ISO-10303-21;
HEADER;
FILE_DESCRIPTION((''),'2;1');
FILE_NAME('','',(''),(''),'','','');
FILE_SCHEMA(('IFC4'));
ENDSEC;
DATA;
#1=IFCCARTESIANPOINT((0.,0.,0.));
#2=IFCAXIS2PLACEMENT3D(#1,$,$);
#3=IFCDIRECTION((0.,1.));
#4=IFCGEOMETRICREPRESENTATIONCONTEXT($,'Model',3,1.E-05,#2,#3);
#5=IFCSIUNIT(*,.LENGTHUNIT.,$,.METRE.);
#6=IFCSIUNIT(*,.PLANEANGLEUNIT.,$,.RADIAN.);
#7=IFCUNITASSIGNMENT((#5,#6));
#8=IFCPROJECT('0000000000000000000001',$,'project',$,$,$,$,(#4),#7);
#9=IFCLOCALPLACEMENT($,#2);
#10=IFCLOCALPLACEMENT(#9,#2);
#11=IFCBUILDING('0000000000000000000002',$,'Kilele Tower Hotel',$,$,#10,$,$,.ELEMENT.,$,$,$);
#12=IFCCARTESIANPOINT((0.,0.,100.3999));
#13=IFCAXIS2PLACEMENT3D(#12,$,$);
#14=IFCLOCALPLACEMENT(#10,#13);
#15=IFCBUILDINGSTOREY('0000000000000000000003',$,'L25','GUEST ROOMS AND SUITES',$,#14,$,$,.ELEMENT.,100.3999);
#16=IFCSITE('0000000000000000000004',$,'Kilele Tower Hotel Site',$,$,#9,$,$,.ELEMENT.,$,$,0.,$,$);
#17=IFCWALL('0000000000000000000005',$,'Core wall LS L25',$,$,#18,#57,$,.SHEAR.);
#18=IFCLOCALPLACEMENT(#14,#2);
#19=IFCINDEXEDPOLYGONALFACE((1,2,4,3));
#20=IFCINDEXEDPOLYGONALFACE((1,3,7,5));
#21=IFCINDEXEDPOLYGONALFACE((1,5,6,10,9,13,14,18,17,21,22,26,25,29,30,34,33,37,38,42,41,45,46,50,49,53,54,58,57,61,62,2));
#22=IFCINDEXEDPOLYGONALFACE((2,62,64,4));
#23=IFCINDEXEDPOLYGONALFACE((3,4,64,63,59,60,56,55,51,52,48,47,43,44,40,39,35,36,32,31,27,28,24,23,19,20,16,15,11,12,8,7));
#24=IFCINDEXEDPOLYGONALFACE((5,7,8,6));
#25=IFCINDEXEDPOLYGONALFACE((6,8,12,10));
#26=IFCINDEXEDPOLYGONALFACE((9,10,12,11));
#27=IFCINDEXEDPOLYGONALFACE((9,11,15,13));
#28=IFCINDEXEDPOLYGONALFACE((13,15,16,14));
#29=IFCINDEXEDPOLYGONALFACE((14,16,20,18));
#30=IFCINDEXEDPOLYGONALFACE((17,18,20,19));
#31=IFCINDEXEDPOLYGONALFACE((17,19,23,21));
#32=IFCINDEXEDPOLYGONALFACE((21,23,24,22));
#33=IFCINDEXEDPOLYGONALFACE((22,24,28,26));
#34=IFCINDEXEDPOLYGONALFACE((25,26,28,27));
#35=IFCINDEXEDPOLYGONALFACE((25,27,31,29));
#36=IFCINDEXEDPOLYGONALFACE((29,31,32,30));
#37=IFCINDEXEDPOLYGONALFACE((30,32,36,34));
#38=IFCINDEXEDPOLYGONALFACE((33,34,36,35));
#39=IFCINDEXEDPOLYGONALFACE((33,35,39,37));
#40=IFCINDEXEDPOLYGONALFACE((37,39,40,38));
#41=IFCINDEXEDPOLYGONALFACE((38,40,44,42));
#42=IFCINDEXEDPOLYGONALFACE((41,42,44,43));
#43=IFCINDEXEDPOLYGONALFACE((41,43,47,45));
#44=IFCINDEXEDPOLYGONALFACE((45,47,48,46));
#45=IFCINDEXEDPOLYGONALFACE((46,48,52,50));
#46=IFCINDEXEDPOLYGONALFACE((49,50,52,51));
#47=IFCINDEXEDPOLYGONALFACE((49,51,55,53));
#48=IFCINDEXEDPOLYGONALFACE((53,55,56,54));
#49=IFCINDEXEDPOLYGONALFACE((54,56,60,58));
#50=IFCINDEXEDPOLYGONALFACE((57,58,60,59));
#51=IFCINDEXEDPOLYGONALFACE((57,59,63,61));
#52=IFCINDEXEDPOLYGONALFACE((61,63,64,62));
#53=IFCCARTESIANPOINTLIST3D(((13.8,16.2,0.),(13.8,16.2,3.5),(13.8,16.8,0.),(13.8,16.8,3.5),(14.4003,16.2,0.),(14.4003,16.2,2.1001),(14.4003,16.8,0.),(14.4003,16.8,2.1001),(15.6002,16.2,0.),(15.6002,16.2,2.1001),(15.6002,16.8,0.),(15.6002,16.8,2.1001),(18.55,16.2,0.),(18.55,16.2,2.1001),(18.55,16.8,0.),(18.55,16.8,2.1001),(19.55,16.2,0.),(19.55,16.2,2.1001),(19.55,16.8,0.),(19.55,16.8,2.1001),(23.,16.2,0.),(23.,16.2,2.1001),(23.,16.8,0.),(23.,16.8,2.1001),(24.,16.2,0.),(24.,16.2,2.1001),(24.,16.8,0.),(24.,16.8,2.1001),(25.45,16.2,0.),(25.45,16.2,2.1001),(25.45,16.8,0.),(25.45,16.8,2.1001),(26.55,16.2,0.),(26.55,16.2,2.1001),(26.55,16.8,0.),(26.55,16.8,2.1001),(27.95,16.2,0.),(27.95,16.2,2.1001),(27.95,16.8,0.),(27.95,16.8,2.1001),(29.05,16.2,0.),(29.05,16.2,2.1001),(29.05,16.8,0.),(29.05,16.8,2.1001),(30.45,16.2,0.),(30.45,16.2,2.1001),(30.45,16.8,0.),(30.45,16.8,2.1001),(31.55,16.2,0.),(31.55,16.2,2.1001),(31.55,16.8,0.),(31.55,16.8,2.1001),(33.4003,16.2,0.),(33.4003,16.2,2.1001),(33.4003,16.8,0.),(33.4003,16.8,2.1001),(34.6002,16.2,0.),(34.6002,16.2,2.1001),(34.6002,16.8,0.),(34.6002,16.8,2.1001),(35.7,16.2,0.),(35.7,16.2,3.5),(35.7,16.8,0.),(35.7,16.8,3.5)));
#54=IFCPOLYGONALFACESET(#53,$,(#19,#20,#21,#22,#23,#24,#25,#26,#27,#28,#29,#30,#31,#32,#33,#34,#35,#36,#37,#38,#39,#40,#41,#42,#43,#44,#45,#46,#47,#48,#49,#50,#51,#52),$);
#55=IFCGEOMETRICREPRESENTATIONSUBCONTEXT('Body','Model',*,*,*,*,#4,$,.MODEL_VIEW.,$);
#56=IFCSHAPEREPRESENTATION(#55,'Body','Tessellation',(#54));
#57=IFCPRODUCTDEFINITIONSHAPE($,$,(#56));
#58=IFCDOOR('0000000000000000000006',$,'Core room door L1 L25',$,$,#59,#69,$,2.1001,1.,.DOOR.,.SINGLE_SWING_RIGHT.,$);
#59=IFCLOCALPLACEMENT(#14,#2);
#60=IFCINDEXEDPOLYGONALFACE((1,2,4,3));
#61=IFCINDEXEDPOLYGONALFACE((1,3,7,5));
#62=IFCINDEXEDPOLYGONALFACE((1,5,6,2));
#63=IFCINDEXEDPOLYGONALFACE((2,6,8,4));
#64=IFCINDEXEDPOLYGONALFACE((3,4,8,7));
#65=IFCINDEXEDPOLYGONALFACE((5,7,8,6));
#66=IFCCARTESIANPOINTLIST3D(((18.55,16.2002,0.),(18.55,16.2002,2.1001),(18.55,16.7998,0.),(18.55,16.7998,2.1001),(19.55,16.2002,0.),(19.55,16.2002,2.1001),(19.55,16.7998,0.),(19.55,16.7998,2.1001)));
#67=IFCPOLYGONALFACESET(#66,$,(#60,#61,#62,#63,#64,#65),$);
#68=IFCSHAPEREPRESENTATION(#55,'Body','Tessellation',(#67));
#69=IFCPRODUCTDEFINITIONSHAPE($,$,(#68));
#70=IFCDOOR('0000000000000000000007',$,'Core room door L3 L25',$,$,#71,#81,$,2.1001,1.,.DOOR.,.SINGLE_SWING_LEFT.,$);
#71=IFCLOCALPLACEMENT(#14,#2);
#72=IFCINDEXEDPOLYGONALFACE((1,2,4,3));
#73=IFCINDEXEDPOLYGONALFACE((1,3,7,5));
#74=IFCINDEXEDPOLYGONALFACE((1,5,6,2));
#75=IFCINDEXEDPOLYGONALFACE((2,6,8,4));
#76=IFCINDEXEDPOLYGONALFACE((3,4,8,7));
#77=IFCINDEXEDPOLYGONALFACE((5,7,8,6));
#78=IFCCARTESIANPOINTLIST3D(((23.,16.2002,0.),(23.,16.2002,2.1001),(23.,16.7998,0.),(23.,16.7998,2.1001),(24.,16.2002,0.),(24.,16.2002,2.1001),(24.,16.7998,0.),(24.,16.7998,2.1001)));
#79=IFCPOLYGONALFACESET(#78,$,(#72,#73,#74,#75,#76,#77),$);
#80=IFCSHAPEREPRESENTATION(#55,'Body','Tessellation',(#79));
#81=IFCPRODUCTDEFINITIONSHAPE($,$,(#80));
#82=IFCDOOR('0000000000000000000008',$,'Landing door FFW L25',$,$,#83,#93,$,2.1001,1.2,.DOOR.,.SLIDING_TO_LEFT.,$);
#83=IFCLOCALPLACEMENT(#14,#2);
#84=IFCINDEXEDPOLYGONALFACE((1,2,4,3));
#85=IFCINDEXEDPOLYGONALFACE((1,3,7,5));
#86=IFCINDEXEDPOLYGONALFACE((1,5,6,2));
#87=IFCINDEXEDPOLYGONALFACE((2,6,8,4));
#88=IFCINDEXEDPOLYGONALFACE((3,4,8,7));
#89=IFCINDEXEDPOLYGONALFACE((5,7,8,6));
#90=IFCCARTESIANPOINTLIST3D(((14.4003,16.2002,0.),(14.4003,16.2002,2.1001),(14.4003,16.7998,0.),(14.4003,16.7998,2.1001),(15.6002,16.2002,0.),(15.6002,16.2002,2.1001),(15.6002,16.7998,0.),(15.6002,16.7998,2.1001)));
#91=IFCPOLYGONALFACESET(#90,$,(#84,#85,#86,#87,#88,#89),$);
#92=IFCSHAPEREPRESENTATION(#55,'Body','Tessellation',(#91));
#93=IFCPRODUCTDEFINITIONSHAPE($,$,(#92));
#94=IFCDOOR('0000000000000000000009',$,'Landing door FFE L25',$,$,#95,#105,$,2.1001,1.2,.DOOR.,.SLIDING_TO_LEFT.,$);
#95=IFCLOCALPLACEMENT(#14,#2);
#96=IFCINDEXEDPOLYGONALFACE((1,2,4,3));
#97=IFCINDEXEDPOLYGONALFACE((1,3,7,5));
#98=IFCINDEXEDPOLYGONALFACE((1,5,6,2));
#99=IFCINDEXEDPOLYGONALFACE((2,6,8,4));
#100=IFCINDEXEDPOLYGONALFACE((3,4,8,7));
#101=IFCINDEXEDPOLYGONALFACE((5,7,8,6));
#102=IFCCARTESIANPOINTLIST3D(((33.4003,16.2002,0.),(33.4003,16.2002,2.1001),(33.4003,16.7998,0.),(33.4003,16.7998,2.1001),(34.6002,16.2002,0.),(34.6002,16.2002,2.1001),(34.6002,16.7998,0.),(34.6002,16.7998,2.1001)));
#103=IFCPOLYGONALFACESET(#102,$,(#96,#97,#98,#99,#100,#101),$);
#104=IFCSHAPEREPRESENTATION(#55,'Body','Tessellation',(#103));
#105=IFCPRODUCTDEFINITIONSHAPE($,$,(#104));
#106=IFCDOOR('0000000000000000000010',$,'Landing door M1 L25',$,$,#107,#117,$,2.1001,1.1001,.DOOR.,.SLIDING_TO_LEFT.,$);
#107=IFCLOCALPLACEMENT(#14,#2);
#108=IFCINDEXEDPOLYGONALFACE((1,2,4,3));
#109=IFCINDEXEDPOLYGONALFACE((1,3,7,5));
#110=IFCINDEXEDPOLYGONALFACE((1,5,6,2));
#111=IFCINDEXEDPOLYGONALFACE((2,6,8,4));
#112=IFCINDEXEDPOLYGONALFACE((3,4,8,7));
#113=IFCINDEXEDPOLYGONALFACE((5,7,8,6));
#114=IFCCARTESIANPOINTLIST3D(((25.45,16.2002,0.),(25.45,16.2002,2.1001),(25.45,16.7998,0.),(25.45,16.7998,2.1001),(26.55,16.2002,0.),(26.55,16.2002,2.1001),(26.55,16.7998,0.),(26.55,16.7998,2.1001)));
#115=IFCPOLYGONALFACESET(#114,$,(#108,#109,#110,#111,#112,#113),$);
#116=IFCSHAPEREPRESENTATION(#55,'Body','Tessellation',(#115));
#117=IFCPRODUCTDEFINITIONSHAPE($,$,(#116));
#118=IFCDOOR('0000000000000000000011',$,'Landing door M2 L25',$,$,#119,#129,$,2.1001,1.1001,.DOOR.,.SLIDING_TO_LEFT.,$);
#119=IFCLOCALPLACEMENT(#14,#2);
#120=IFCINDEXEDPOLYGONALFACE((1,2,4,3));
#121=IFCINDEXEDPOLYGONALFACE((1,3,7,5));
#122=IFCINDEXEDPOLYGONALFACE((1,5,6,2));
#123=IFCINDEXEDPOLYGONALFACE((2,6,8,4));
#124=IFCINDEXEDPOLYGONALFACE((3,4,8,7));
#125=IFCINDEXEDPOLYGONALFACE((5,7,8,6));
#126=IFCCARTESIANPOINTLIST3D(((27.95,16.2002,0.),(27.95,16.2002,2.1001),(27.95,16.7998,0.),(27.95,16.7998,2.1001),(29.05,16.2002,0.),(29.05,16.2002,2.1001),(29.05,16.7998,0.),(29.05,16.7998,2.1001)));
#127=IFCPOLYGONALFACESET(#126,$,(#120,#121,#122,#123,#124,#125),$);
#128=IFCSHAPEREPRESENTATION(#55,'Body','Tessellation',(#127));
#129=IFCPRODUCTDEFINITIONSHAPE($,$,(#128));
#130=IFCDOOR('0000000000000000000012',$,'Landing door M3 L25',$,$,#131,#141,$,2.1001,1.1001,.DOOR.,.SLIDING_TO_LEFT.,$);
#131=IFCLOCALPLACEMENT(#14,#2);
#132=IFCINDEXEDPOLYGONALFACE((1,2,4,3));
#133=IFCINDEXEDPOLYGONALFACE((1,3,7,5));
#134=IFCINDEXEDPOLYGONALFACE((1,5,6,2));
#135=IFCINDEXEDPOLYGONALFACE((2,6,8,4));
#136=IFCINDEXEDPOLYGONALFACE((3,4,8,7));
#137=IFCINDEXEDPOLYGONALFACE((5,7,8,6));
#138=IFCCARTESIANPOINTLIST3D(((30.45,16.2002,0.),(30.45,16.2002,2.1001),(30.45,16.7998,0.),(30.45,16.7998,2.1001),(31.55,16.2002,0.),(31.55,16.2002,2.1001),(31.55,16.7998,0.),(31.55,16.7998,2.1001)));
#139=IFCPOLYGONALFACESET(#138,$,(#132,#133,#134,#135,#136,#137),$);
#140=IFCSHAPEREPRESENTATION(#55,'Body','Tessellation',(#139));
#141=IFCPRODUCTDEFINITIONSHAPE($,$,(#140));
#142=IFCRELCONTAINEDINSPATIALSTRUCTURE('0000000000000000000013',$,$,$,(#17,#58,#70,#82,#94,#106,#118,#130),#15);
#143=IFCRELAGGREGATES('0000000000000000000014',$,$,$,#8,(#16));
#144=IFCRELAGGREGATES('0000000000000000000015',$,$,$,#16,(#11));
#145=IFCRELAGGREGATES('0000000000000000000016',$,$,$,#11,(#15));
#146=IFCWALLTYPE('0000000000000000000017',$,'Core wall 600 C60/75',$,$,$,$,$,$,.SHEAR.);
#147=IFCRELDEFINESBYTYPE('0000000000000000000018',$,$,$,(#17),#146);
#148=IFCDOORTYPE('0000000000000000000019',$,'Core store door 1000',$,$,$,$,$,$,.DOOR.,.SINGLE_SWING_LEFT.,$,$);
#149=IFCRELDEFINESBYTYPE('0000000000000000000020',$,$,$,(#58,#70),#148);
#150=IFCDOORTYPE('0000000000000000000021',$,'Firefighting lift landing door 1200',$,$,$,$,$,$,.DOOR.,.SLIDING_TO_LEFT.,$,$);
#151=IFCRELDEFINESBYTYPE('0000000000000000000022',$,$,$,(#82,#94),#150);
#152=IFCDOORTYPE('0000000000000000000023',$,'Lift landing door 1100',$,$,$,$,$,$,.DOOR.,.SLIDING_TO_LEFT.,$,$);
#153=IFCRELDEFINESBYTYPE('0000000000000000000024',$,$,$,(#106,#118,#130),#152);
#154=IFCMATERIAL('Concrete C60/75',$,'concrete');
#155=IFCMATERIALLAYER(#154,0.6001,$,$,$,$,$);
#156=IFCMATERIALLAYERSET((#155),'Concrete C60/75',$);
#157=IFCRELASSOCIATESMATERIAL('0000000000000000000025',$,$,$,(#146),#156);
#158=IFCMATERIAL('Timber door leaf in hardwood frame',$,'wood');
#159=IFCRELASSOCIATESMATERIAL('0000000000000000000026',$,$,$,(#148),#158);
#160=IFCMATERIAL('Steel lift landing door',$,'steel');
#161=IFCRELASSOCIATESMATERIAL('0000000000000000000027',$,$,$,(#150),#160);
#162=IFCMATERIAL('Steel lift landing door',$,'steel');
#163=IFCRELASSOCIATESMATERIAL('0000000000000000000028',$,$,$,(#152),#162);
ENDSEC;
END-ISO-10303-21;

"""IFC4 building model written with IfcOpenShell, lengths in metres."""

from ifc_helpers import new_model, si_unit, direction, frame, frame_2d, origin, place, context, subcontext, project, spatial, rectangle, extrude, material, layer, layer_set, type_object, element, fill, save


model = new_model("IFC4")

# Units and contexts
model_context = context("Model", 3, precision=1e-05, world=origin(), true_north=direction((0.0, 1.0)))
body_context = subcontext(model_context, "Body", "Model", "MODEL_VIEW")
ifc_project = project(units=[si_unit("LENGTHUNIT", "METRE"), si_unit("PLANEANGLEUNIT", "RADIAN")], contexts=[model_context])

# Site, building, storey
site_placement = place(None, origin())
site = spatial("IfcSite", under=ifc_project, at=site_placement, Name="Kilele Tower Hotel Site", CompositionType="ELEMENT", RefElevation=0.0)
building_placement = place(site_placement, origin())
building = spatial("IfcBuilding", under=site, at=building_placement, Name="Kilele Tower Hotel", CompositionType="ELEMENT")
storey_placement = place(building_placement, frame((0.0, 0.0, 100.3999)))
storey = spatial("IfcBuildingStorey", under=building, at=storey_placement, Name="L25", Description="GUEST ROOMS AND SUITES", CompositionType="ELEMENT", Elevation=100.3999)

# Shared definitions
ifc_material_1 = material(Name="Concrete C60/75", Category="concrete")
ifc_layer_1 = layer(ifc_material_1, 0.6001)
ifc_layer_set_1 = layer_set([ifc_layer_1], Name="Concrete C60/75")
wall_type_1 = type_object("IfcWallType", Name="Core wall 600 C60/75", PredefinedType="SHEAR", material=ifc_layer_set_1)

# Wall, openings, doors
wall_1_placement = place(storey_placement, frame((13.8, 16.5, 0.0), z_axis=(0.0, 0.0, 1.0), x_axis=(1.0, 0.0, 0.0)))
wall_1 = element("IfcWall", 1, at=wall_1_placement, inside=storey, type_object=wall_type_1, Name="Core wall LS L25", PredefinedType="SHEAR", context=body_context, shape_type="SweptSolid", body=[
    extrude(rectangle(XDim=21.8999, YDim=0.6001, at=frame_2d((10.95, 0.0))), origin(), (0.0, 0.0, 1.0), 3.5),
])
opening_1_placement = place(wall_1_placement, frame((11.6499, 0.0, 0.0)))
opening_1 = element("IfcOpeningElement", 2, at=opening_1_placement, cuts=wall_1, PredefinedType="OPENING", context=body_context, shape_type="SweptSolid", body=[
    extrude(rectangle(XDim=1.1001, YDim=2.1001, at=frame_2d((0.55, 1.05))), frame((0.0, 0.3101, 0.0), z_axis=(0.0, -1.0, 0.0), x_axis=(1.0, 0.0, 0.0)), (0.0, 0.0, 1.0), 0.6201),
])
opening_2_placement = place(wall_1_placement, frame((14.1499, 0.0, 0.0)))
opening_2 = element("IfcOpeningElement", 3, at=opening_2_placement, cuts=wall_1, PredefinedType="OPENING", context=body_context, shape_type="SweptSolid", body=[
    extrude(rectangle(XDim=1.1001, YDim=2.1001, at=frame_2d((0.55, 1.05))), frame((0.0, 0.3101, 0.0), z_axis=(0.0, -1.0, 0.0), x_axis=(1.0, 0.0, 0.0)), (0.0, 0.0, 1.0), 0.6201),
])
opening_3_placement = place(wall_1_placement, frame((16.6499, 0.0, 0.0)))
opening_3 = element("IfcOpeningElement", 4, at=opening_3_placement, cuts=wall_1, PredefinedType="OPENING", context=body_context, shape_type="SweptSolid", body=[
    extrude(rectangle(XDim=1.1001, YDim=2.1001, at=frame_2d((0.55, 1.05))), frame((0.0, 0.3101, 0.0), z_axis=(0.0, -1.0, 0.0), x_axis=(1.0, 0.0, 0.0)), (0.0, 0.0, 1.0), 0.6201),
])
opening_4_placement = place(wall_1_placement, frame((5.75, 0.0, 0.0), z_axis=(0.0, 0.0, 1.0), x_axis=(-1.0, 0.0, 0.0)))
opening_4 = element("IfcOpeningElement", 5, at=opening_4_placement, cuts=wall_1, PredefinedType="OPENING", context=body_context, shape_type="SweptSolid", body=[
    extrude(rectangle(XDim=1.0, YDim=2.1001, at=frame_2d((0.5, 1.05))), frame((0.0, 0.3101, 0.0), z_axis=(0.0, -1.0, 0.0), x_axis=(1.0, 0.0, 0.0)), (0.0, 0.0, 1.0), 0.6201),
])
opening_5_placement = place(wall_1_placement, frame((10.2, 0.0, 0.0), z_axis=(0.0, 0.0, 1.0), x_axis=(-1.0, 0.0, 0.0)))
opening_5 = element("IfcOpeningElement", 6, at=opening_5_placement, cuts=wall_1, PredefinedType="OPENING", context=body_context, shape_type="SweptSolid", body=[
    extrude(rectangle(XDim=1.0, YDim=2.1001, at=frame_2d((0.5, 1.05))), frame((0.0, 0.3101, 0.0), z_axis=(0.0, -1.0, 0.0), x_axis=(1.0, 0.0, 0.0)), (0.0, 0.0, 1.0), 0.6201),
])
opening_6_placement = place(wall_1_placement, frame((0.6001, 0.0, 0.0)))
opening_6 = element("IfcOpeningElement", 7, at=opening_6_placement, cuts=wall_1, PredefinedType="OPENING", context=body_context, shape_type="SweptSolid", body=[
    extrude(rectangle(XDim=1.2, YDim=2.1001, at=frame_2d((0.6001, 1.05))), frame((0.0, 0.3101, 0.0), z_axis=(0.0, -1.0, 0.0), x_axis=(1.0, 0.0, 0.0)), (0.0, 0.0, 1.0), 0.6201),
])
opening_7_placement = place(wall_1_placement, frame((19.6001, 0.0, 0.0)))
opening_7 = element("IfcOpeningElement", 8, at=opening_7_placement, cuts=wall_1, PredefinedType="OPENING", context=body_context, shape_type="SweptSolid", body=[
    extrude(rectangle(XDim=1.2, YDim=2.1001, at=frame_2d((0.6001, 1.05))), frame((0.0, 0.3101, 0.0), z_axis=(0.0, -1.0, 0.0), x_axis=(1.0, 0.0, 0.0)), (0.0, 0.0, 1.0), 0.6201),
])
ifc_material_2 = material(Name="Timber door leaf in hardwood frame", Category="wood")
door_type_1 = type_object("IfcDoorType", Name="Core store door 1000", OperationType="SINGLE_SWING_LEFT", PredefinedType="DOOR", material=ifc_material_2)
door_1_placement = place(opening_4_placement, origin())
door_1 = element("IfcDoor", 9, at=door_1_placement, inside=storey, type_object=door_type_1, Name="Core room door L1 L25", OperationType="SINGLE_SWING_RIGHT", OverallHeight=2.1001, OverallWidth=1.0, PredefinedType="DOOR", context=body_context, shape_type="SweptSolid", body=[
    extrude(rectangle(XDim=1.0, YDim=2.1001, at=frame_2d((0.5, 1.05))), frame((0.0, 0.2998, 0.0), z_axis=(0.0, -1.0, 0.0), x_axis=(1.0, 0.0, 0.0)), (0.0, 0.0, 1.0), 0.5996),
])
fill(opening_4, door_1)
door_2_placement = place(opening_5_placement, origin())
door_2 = element("IfcDoor", 10, at=door_2_placement, inside=storey, type_object=door_type_1, Name="Core room door L3 L25", OperationType="SINGLE_SWING_LEFT", OverallHeight=2.1001, OverallWidth=1.0, PredefinedType="DOOR", context=body_context, shape_type="SweptSolid", body=[
    extrude(rectangle(XDim=1.0, YDim=2.1001, at=frame_2d((0.5, 1.05))), frame((0.0, 0.2998, 0.0), z_axis=(0.0, -1.0, 0.0), x_axis=(1.0, 0.0, 0.0)), (0.0, 0.0, 1.0), 0.5996),
])
fill(opening_5, door_2)
ifc_material_3 = material(Name="Steel lift landing door", Category="steel")
door_type_2 = type_object("IfcDoorType", Name="Firefighting lift landing door 1200", OperationType="SLIDING_TO_LEFT", PredefinedType="DOOR", material=ifc_material_3)
door_3_placement = place(opening_6_placement, origin())
door_3 = element("IfcDoor", 11, at=door_3_placement, inside=storey, type_object=door_type_2, Name="Landing door FFW L25", OperationType="SLIDING_TO_LEFT", OverallHeight=2.1001, OverallWidth=1.2, PredefinedType="DOOR", context=body_context, shape_type="SweptSolid", body=[
    extrude(rectangle(XDim=1.2, YDim=2.1001, at=frame_2d((0.6001, 1.05))), frame((0.0, 0.2998, 0.0), z_axis=(0.0, -1.0, 0.0), x_axis=(1.0, 0.0, 0.0)), (0.0, 0.0, 1.0), 0.5996),
])
fill(opening_6, door_3)
door_4_placement = place(opening_7_placement, origin())
door_4 = element("IfcDoor", 12, at=door_4_placement, inside=storey, type_object=door_type_2, Name="Landing door FFE L25", OperationType="SLIDING_TO_LEFT", OverallHeight=2.1001, OverallWidth=1.2, PredefinedType="DOOR", context=body_context, shape_type="SweptSolid", body=[
    extrude(rectangle(XDim=1.2, YDim=2.1001, at=frame_2d((0.6001, 1.05))), frame((0.0, 0.2998, 0.0), z_axis=(0.0, -1.0, 0.0), x_axis=(1.0, 0.0, 0.0)), (0.0, 0.0, 1.0), 0.5996),
])
fill(opening_7, door_4)
ifc_material_4 = material(Name="Steel lift landing door", Category="steel")
door_type_3 = type_object("IfcDoorType", Name="Lift landing door 1100", OperationType="SLIDING_TO_LEFT", PredefinedType="DOOR", material=ifc_material_4)
door_5_placement = place(opening_1_placement, origin())
door_5 = element("IfcDoor", 13, at=door_5_placement, inside=storey, type_object=door_type_3, Name="Landing door M1 L25", OperationType="SLIDING_TO_LEFT", OverallHeight=2.1001, OverallWidth=1.1001, PredefinedType="DOOR", context=body_context, shape_type="SweptSolid", body=[
    extrude(rectangle(XDim=1.1001, YDim=2.1001, at=frame_2d((0.55, 1.05))), frame((0.0, 0.2998, 0.0), z_axis=(0.0, -1.0, 0.0), x_axis=(1.0, 0.0, 0.0)), (0.0, 0.0, 1.0), 0.5996),
])
fill(opening_1, door_5)
door_6_placement = place(opening_2_placement, origin())
door_6 = element("IfcDoor", 14, at=door_6_placement, inside=storey, type_object=door_type_3, Name="Landing door M2 L25", OperationType="SLIDING_TO_LEFT", OverallHeight=2.1001, OverallWidth=1.1001, PredefinedType="DOOR", context=body_context, shape_type="SweptSolid", body=[
    extrude(rectangle(XDim=1.1001, YDim=2.1001, at=frame_2d((0.55, 1.05))), frame((0.0, 0.2998, 0.0), z_axis=(0.0, -1.0, 0.0), x_axis=(1.0, 0.0, 0.0)), (0.0, 0.0, 1.0), 0.5996),
])
fill(opening_2, door_6)
door_7_placement = place(opening_3_placement, origin())
door_7 = element("IfcDoor", 15, at=door_7_placement, inside=storey, type_object=door_type_3, Name="Landing door M3 L25", OperationType="SLIDING_TO_LEFT", OverallHeight=2.1001, OverallWidth=1.1001, PredefinedType="DOOR", context=body_context, shape_type="SweptSolid", body=[
    extrude(rectangle(XDim=1.1001, YDim=2.1001, at=frame_2d((0.55, 1.05))), frame((0.0, 0.2998, 0.0), z_axis=(0.0, -1.0, 0.0), x_axis=(1.0, 0.0, 0.0)), (0.0, 0.0, 1.0), 0.5996),
])
fill(opening_3, door_7)

save(model, "model.ifc")
